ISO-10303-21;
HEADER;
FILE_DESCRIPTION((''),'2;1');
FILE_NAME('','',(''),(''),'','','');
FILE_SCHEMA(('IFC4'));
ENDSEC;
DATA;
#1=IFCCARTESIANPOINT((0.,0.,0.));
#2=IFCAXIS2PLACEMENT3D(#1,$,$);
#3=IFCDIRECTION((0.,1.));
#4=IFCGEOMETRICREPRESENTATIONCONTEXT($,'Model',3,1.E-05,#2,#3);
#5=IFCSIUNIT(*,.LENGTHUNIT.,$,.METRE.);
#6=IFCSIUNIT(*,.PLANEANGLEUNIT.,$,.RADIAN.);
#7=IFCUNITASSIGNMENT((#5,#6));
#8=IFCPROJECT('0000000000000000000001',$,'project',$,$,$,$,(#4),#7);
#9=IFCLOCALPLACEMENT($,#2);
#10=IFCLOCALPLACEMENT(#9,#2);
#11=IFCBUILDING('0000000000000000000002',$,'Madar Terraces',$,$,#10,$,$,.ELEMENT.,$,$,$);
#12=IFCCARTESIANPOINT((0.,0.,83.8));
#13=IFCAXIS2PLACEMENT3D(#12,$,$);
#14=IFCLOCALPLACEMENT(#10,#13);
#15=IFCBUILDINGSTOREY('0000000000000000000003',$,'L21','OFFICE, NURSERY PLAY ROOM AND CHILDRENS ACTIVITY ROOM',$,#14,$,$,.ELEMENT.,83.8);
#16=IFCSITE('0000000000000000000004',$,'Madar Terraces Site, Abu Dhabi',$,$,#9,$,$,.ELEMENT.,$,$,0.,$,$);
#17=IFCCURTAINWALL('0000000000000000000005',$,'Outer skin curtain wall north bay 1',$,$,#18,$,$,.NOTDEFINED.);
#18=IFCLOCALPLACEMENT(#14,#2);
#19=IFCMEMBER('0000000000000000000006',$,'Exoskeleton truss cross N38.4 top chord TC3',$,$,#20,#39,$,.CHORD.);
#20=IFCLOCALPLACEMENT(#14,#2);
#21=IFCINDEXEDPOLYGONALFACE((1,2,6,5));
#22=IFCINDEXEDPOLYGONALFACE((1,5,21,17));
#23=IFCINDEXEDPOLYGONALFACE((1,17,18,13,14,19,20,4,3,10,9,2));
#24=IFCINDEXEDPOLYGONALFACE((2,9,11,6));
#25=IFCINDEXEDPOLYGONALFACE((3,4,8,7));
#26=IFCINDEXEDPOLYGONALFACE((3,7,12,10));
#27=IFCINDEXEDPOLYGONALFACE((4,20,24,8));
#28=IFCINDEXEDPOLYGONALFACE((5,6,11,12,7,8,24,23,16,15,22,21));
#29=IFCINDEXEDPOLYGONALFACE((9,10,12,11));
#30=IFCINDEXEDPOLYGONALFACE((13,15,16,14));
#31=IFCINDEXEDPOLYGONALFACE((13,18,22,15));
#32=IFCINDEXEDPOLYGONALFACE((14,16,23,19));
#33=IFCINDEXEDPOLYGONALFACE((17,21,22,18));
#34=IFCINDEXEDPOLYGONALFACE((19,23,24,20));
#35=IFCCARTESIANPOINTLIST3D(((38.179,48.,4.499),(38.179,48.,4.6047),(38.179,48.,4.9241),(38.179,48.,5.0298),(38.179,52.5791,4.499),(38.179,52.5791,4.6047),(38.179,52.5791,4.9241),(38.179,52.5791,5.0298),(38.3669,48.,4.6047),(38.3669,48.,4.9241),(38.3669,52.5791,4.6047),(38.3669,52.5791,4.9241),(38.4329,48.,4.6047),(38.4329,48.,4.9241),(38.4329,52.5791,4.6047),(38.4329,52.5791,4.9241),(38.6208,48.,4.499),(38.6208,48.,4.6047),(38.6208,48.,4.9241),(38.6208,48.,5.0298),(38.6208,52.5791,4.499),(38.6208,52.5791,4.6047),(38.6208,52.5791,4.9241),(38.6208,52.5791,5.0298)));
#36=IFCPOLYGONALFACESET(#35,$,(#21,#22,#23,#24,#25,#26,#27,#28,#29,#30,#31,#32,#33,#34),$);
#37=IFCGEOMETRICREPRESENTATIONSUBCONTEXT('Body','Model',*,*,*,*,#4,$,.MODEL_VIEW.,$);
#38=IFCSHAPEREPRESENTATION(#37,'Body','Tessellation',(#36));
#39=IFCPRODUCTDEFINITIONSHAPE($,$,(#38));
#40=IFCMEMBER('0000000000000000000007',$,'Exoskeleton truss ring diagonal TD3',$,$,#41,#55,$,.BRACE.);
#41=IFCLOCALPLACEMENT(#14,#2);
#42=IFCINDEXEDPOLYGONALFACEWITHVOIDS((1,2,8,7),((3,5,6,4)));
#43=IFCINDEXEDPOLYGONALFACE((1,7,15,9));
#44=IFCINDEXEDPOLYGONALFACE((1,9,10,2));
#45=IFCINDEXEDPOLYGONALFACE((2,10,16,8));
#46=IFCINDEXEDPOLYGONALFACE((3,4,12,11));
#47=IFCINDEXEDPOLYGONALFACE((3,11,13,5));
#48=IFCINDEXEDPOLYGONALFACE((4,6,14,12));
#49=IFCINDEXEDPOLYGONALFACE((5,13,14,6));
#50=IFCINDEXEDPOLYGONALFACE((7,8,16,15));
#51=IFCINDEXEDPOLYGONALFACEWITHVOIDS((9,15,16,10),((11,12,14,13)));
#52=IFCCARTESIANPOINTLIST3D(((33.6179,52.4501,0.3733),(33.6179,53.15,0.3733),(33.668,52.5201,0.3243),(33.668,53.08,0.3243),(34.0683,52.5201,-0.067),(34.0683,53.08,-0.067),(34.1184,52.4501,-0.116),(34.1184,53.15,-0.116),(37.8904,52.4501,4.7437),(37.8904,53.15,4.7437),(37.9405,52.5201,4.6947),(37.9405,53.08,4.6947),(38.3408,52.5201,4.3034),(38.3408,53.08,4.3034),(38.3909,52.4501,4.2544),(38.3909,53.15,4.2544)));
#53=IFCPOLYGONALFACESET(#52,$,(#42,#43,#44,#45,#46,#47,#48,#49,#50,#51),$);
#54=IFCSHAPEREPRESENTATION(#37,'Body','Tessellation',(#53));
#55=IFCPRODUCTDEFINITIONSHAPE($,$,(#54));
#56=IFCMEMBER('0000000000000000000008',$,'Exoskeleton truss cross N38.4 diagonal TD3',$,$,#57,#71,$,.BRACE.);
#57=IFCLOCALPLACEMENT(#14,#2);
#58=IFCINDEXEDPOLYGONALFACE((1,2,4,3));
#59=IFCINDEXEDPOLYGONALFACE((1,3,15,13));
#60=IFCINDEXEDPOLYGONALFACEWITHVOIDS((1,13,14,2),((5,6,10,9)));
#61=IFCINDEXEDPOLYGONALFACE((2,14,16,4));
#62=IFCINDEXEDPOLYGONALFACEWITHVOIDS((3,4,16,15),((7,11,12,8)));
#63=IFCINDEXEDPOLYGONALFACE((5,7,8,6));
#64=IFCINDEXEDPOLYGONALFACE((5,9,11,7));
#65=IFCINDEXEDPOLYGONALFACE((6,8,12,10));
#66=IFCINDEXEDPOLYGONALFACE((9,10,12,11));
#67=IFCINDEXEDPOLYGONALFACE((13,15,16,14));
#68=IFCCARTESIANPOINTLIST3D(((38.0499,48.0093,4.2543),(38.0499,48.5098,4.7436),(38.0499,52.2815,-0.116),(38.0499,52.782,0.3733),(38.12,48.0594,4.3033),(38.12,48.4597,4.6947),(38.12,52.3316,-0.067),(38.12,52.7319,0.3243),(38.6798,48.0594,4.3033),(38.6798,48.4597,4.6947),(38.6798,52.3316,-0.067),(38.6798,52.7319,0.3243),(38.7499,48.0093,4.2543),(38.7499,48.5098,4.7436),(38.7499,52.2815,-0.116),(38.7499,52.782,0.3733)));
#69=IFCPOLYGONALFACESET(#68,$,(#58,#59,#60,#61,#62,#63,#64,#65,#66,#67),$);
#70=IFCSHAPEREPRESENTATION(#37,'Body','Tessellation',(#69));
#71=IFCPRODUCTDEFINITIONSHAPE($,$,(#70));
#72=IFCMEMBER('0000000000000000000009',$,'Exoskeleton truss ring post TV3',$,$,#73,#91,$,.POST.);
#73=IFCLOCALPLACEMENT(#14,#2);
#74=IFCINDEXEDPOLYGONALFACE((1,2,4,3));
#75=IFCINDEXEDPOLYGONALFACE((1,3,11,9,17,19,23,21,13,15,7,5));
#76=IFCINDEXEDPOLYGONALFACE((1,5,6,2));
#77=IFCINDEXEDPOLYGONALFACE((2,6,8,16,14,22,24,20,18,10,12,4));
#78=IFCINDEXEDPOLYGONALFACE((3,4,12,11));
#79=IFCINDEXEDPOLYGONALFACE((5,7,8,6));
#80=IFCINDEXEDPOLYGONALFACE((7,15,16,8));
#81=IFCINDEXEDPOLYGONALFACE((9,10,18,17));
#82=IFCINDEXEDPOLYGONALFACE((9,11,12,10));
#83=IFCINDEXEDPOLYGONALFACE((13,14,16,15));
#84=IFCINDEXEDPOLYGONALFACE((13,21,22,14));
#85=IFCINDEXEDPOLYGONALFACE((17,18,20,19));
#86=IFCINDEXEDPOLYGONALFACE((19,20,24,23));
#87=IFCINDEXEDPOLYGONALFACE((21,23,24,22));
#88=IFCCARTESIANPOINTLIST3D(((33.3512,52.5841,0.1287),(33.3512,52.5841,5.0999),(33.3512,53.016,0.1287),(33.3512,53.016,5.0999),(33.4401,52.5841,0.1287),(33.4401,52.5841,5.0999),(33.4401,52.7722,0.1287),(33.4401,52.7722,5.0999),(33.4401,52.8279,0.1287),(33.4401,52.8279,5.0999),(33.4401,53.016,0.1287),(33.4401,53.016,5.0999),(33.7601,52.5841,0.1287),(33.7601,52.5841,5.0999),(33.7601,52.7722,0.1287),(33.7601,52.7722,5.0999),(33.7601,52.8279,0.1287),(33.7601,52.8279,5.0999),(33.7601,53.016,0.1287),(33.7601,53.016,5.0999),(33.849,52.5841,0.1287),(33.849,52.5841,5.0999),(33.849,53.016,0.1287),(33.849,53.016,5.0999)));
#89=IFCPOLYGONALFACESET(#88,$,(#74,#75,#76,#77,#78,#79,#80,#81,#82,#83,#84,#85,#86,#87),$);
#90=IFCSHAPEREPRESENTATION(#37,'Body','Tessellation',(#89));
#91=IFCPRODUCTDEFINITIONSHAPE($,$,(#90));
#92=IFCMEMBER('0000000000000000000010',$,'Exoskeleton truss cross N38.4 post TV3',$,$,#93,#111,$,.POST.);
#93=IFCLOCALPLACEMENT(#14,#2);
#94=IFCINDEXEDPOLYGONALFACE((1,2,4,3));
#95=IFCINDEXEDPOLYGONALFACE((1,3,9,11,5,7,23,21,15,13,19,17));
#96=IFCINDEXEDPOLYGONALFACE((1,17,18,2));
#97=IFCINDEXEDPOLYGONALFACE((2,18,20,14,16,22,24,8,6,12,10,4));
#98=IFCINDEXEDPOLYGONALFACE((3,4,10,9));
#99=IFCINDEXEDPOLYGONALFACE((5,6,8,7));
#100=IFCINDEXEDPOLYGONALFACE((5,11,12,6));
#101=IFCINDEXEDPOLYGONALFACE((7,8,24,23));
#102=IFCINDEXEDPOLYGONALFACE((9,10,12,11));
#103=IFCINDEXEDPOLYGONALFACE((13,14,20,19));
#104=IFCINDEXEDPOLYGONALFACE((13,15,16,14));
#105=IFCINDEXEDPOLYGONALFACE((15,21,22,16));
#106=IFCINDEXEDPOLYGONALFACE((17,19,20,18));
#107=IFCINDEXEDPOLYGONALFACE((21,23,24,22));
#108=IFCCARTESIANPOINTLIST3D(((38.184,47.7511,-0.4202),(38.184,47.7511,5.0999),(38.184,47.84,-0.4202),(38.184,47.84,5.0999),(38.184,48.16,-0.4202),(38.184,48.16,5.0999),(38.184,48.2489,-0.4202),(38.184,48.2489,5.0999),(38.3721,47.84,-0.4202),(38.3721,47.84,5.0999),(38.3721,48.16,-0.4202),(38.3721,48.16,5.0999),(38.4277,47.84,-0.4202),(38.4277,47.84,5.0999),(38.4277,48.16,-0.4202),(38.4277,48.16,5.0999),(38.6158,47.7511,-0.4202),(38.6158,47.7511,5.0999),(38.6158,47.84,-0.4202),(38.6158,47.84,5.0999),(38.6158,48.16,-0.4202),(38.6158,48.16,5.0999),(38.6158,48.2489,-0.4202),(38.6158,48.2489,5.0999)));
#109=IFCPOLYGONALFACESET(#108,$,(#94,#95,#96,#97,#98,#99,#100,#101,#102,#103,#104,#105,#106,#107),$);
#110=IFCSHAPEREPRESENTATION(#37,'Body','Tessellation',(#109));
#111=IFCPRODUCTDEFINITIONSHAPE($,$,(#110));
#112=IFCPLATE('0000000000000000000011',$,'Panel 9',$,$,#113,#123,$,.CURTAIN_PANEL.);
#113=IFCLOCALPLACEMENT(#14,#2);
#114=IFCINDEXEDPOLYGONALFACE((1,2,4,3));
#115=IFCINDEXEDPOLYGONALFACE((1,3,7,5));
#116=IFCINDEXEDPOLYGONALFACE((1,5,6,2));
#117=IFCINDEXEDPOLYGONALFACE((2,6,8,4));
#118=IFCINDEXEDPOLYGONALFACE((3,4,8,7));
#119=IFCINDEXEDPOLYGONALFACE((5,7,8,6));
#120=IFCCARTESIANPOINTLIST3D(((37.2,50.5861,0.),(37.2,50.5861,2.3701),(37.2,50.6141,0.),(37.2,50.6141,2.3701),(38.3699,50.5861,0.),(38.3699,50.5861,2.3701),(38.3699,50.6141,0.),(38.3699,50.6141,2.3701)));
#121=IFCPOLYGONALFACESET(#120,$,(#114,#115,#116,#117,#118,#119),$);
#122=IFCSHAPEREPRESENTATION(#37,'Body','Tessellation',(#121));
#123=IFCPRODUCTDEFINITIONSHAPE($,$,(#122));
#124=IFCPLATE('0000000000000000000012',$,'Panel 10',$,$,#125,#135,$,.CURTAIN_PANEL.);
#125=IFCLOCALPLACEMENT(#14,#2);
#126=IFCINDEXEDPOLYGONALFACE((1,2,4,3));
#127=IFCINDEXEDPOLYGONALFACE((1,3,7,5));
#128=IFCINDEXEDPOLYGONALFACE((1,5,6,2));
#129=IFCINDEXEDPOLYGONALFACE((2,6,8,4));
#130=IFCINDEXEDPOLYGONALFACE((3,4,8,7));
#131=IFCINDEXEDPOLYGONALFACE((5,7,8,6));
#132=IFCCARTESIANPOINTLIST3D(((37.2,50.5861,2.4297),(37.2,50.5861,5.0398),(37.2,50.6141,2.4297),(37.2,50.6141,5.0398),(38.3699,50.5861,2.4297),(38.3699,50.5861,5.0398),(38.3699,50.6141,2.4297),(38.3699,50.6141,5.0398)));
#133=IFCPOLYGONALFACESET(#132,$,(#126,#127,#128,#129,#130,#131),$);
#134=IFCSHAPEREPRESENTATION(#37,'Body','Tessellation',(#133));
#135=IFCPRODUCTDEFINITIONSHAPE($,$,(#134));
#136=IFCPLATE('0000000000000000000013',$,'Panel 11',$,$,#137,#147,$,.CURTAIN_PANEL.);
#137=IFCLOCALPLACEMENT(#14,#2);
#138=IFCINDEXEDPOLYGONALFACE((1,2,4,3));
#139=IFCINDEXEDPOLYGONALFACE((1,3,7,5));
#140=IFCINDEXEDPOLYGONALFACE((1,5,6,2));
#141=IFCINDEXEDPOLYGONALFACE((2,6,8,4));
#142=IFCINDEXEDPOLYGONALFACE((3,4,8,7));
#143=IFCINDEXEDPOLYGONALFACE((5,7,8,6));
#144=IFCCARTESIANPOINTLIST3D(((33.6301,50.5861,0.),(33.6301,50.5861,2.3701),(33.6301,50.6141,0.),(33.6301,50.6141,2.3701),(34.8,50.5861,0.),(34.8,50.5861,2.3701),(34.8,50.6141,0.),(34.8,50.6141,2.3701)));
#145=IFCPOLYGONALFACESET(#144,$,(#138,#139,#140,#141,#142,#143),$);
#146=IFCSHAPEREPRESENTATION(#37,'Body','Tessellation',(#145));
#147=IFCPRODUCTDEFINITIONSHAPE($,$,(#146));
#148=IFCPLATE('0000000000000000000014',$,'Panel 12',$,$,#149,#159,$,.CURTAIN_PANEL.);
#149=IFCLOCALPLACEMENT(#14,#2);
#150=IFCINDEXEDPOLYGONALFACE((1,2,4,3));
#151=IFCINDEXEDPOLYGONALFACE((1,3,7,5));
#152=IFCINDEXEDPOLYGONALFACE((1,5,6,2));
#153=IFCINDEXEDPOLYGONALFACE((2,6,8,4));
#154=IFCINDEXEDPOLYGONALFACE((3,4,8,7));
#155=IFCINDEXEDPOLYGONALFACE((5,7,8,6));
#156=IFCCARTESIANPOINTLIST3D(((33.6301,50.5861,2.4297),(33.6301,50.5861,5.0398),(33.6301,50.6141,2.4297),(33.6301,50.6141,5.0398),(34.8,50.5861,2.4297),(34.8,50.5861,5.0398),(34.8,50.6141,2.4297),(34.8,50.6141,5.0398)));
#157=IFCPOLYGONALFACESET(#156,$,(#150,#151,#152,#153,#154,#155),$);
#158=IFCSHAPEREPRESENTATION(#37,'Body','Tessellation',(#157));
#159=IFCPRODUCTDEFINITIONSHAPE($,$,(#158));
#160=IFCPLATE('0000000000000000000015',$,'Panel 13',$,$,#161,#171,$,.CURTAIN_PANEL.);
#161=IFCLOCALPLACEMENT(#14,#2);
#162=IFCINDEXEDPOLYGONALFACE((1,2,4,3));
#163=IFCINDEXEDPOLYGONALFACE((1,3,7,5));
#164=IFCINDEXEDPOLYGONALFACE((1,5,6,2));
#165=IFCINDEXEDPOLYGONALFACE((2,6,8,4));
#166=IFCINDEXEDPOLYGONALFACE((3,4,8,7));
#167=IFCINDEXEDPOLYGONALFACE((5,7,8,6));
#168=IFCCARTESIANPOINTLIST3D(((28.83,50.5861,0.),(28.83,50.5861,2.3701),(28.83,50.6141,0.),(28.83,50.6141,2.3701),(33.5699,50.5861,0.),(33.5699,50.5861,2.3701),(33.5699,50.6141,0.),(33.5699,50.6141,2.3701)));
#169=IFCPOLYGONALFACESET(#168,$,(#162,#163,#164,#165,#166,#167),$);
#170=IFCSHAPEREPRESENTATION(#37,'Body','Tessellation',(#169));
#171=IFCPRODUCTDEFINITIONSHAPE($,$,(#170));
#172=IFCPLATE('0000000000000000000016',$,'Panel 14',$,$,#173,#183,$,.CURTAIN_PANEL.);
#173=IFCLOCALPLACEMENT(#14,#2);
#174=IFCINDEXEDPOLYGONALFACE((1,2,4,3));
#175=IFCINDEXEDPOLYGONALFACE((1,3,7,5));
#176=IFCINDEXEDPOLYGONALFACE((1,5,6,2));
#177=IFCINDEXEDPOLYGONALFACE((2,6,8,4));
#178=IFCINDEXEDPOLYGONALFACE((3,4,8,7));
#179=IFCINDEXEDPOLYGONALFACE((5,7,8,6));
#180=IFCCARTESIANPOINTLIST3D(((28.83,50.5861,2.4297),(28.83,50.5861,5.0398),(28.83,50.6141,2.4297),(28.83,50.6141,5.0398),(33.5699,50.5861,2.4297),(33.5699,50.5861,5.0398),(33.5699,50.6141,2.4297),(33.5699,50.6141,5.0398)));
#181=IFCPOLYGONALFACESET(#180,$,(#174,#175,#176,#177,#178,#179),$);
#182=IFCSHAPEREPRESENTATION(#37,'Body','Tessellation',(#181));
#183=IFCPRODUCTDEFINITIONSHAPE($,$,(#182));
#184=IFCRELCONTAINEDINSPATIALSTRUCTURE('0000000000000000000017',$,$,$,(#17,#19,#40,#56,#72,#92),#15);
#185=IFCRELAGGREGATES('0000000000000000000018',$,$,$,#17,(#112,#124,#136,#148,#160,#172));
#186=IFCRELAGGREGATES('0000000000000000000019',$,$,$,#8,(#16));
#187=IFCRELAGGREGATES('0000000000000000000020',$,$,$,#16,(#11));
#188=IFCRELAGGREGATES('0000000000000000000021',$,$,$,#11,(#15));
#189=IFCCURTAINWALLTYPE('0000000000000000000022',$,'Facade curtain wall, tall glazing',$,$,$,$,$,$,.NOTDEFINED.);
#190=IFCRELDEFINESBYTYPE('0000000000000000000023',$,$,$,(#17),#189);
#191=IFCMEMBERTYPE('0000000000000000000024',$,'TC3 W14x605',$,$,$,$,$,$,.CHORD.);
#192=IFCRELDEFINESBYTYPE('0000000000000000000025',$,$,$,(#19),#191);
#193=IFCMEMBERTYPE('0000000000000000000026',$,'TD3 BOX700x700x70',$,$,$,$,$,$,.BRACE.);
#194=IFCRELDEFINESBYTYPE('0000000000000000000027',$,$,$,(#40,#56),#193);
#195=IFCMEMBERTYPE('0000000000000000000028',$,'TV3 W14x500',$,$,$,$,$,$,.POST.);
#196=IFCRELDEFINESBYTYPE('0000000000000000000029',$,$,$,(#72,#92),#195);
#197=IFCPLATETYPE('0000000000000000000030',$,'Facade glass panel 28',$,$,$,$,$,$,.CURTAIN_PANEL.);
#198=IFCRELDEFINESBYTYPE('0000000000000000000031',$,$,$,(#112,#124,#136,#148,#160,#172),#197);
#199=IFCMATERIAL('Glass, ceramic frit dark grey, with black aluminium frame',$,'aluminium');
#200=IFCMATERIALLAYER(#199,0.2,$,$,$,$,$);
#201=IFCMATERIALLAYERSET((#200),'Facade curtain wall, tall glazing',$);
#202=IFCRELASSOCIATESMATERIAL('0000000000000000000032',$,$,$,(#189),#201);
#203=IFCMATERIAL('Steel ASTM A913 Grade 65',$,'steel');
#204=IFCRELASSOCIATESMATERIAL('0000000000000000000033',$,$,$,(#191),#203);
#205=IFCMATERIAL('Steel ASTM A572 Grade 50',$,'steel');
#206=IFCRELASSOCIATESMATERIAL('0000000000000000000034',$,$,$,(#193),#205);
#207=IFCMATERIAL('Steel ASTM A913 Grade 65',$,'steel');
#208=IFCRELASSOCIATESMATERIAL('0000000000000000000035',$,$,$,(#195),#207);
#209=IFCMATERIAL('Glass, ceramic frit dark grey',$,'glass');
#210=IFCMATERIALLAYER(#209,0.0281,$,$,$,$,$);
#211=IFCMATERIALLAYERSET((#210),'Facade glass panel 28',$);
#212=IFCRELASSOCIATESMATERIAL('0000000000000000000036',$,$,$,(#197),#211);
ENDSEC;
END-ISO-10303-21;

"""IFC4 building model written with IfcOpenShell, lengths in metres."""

from ifc_helpers import new_model, si_unit, direction, frame, origin, origin_2d, place, context, subcontext, project, spatial, rectangle, hollow_rectangle, i_section, extrude, material, layer, layer_set, material_profile, profile_set, type_object, element, aggregate, save


model = new_model("IFC4")

# Units and contexts
model_context = context("Model", 3, precision=1e-05, world=origin(), true_north=direction((0.0, 1.0)))
body_context = subcontext(model_context, "Body", "Model", "MODEL_VIEW")
ifc_project = project(units=[si_unit("LENGTHUNIT", "METRE"), si_unit("PLANEANGLEUNIT", "RADIAN")], contexts=[model_context])

# Site, building, storey
site_placement = place(None, origin())
site = spatial("IfcSite", under=ifc_project, at=site_placement, Name="Madar Terraces Site, Abu Dhabi", CompositionType="ELEMENT", RefElevation=0.0)
building_placement = place(site_placement, origin())
building = spatial("IfcBuilding", under=site, at=building_placement, Name="Madar Terraces", CompositionType="ELEMENT")
storey_placement = place(building_placement, frame((0.0, 0.0, 83.8)))
storey = spatial("IfcBuildingStorey", under=building, at=storey_placement, Name="L21", Description="OFFICE, NURSERY PLAY ROOM AND CHILDRENS ACTIVITY ROOM", CompositionType="ELEMENT", Elevation=83.8)

# Curtain wall
ifc_material_1 = material(Name="Glass, ceramic frit dark grey, with black aluminium frame", Category="aluminium")
ifc_layer_1 = layer(ifc_material_1, 0.2)
ifc_layer_set_1 = layer_set([ifc_layer_1], Name="Facade curtain wall, tall glazing")
curtain_wall_type = type_object("IfcCurtainWallType", Name="Facade curtain wall, tall glazing", PredefinedType="NOTDEFINED", material=ifc_layer_set_1)
curtain_wall_placement = place(storey_placement, origin())
curtain_wall = element("IfcCurtainWall", 1, at=curtain_wall_placement, inside=storey, type_object=curtain_wall_type, Name="Outer skin curtain wall north bay 1", PredefinedType="NOTDEFINED")

# Members
ifc_material_2 = material(Name="Steel ASTM A913 Grade 65", Category="steel")
ifc_material_profile_1 = material_profile(ifc_material_2, i_section(OverallWidth=0.4419, OverallDepth=0.5308, WebThickness=0.0659, FlangeThickness=0.1057, at=origin_2d()), Name="W14x605")
ifc_profile_set_1 = profile_set([ifc_material_profile_1], Name="Steel ASTM A913 Grade 65")
member_type_1 = type_object("IfcMemberType", Name="TC3 W14x605", PredefinedType="CHORD", material=ifc_profile_set_1)
member_1_placement = place(storey_placement, frame((38.3999, 52.5791, 4.7644), z_axis=(0.0, -1.0, 0.0), x_axis=(1.0, 0.0, 0.0)))
element("IfcMember", 2, at=member_1_placement, inside=storey, type_object=member_type_1, Name="Exoskeleton truss cross N38.4 top chord TC3", PredefinedType="CHORD", context=body_context, shape_type="SweptSolid", body=[
    extrude(i_section(OverallWidth=0.4419, OverallDepth=0.5308, WebThickness=0.0659, FlangeThickness=0.1057, at=origin_2d()), origin(), (0.0, 0.0, 1.0), 4.5791),
])
ifc_material_3 = material(Name="Steel ASTM A572 Grade 50", Category="steel")
ifc_material_profile_2 = material_profile(ifc_material_3, hollow_rectangle(XDim=0.7, YDim=0.7, WallThickness=0.0701, at=origin_2d()), Name="BOX700x700x70")
ifc_profile_set_2 = profile_set([ifc_material_profile_2], Name="Steel ASTM A572 Grade 50")
member_type_2 = type_object("IfcMemberType", Name="TD3 BOX700x700x70", PredefinedType="BRACE", material=ifc_profile_set_2)
member_2_placement = place(storey_placement, frame((38.1406, 52.8, 4.499), z_axis=(-0.699052, 0.0, -0.715071), x_axis=(0.0, -1.0, 0.0)))
element("IfcMember", 3, at=member_2_placement, inside=storey, type_object=member_type_2, Name="Exoskeleton truss ring diagonal TD3", PredefinedType="BRACE", context=body_context, shape_type="SweptSolid", body=[
    extrude(hollow_rectangle(XDim=0.7, YDim=0.7, WallThickness=0.0701, at=origin_2d()), origin(), (0.0, 0.0, 1.0), 6.1118),
])
member_3_placement = place(storey_placement, frame((38.3999, 52.5317, 0.1287), z_axis=(0.0, -0.699032, 0.715091), x_axis=(1.0, 0.0, 0.0)))
element("IfcMember", 4, at=member_3_placement, inside=storey, type_object=member_type_2, Name="Exoskeleton truss cross N38.4 diagonal TD3", PredefinedType="BRACE", context=body_context, shape_type="SweptSolid", body=[
    extrude(hollow_rectangle(XDim=0.7, YDim=0.7, WallThickness=0.0701, at=origin_2d()), origin(), (0.0, 0.0, 1.0), 6.1116),
])
ifc_material_4 = material(Name="Steel ASTM A913 Grade 65", Category="steel")
ifc_material_profile_3 = material_profile(ifc_material_4, i_section(OverallWidth=0.4319, OverallDepth=0.4978, WebThickness=0.0557, FlangeThickness=0.0889, at=origin_2d()), Name="W14x500")
ifc_profile_set_3 = profile_set([ifc_material_profile_3], Name="Steel ASTM A913 Grade 65")
member_type_3 = type_object("IfcMemberType", Name="TV3 W14x500", PredefinedType="POST", material=ifc_profile_set_3)
member_4_placement = place(storey_placement, frame((33.6001, 52.8, 0.1287), z_axis=(0.0, 0.0, 1.0), x_axis=(0.0, -1.0, 0.0)))
element("IfcMember", 5, at=member_4_placement, inside=storey, type_object=member_type_3, Name="Exoskeleton truss ring post TV3", PredefinedType="POST", context=body_context, shape_type="SweptSolid", body=[
    extrude(i_section(OverallWidth=0.4319, OverallDepth=0.4978, WebThickness=0.0557, FlangeThickness=0.0889, at=origin_2d()), origin(), (0.0, 0.0, 1.0), 4.9712),
])
member_5_placement = place(storey_placement, frame((38.3999, 48.0, -0.4202), z_axis=(0.0, 0.0, 1.0), x_axis=(-1.0, 0.0, 0.0)))
element("IfcMember", 6, at=member_5_placement, inside=storey, type_object=member_type_3, Name="Exoskeleton truss cross N38.4 post TV3", PredefinedType="POST", context=body_context, shape_type="SweptSolid", body=[
    extrude(i_section(OverallWidth=0.4319, OverallDepth=0.4978, WebThickness=0.0557, FlangeThickness=0.0889, at=origin_2d()), origin(), (0.0, 0.0, 1.0), 5.52),
])

# Plates
ifc_material_5 = material(Name="Glass, ceramic frit dark grey", Category="glass")
ifc_layer_2 = layer(ifc_material_5, 0.0281)
ifc_layer_set_2 = layer_set([ifc_layer_2], Name="Facade glass panel 28")
plate_type = type_object("IfcPlateType", Name="Facade glass panel 28", PredefinedType="CURTAIN_PANEL", material=ifc_layer_set_2)
plate_1_placement = place(storey_placement, frame((37.7849, 50.6001, 0.0), z_axis=(0.0, 0.0, 1.0), x_axis=(-1.0, 0.0, 0.0)))
plate_1 = element("IfcPlate", 7, at=plate_1_placement, type_object=plate_type, Name="Panel 9", PredefinedType="CURTAIN_PANEL", context=body_context, shape_type="SweptSolid", body=[
    extrude(rectangle(XDim=1.1699, YDim=0.0281, at=origin_2d()), origin(), (0.0, 0.0, 1.0), 2.3701),
])
plate_2_placement = place(storey_placement, frame((37.7849, 50.6001, 2.4297), z_axis=(0.0, 0.0, 1.0), x_axis=(-1.0, 0.0, 0.0)))
plate_2 = element("IfcPlate", 8, at=plate_2_placement, type_object=plate_type, Name="Panel 10", PredefinedType="CURTAIN_PANEL", context=body_context, shape_type="SweptSolid", body=[
    extrude(rectangle(XDim=1.1699, YDim=0.0281, at=origin_2d()), origin(), (0.0, 0.0, 1.0), 2.6101),
])
plate_3_placement = place(storey_placement, frame((34.2151, 50.6001, 0.0), z_axis=(0.0, 0.0, 1.0), x_axis=(-1.0, 0.0, 0.0)))
plate_3 = element("IfcPlate", 9, at=plate_3_placement, type_object=plate_type, Name="Panel 11", PredefinedType="CURTAIN_PANEL", context=body_context, shape_type="SweptSolid", body=[
    extrude(rectangle(XDim=1.1699, YDim=0.0281, at=origin_2d()), origin(), (0.0, 0.0, 1.0), 2.3701),
])
plate_4_placement = place(storey_placement, frame((34.2151, 50.6001, 2.4297), z_axis=(0.0, 0.0, 1.0), x_axis=(-1.0, 0.0, 0.0)))
plate_4 = element("IfcPlate", 10, at=plate_4_placement, type_object=plate_type, Name="Panel 12", PredefinedType="CURTAIN_PANEL", context=body_context, shape_type="SweptSolid", body=[
    extrude(rectangle(XDim=1.1699, YDim=0.0281, at=origin_2d()), origin(), (0.0, 0.0, 1.0), 2.6101),
])
plate_5_placement = place(storey_placement, frame((31.2, 50.6001, 0.0), z_axis=(0.0, 0.0, 1.0), x_axis=(-1.0, 0.0, 0.0)))
plate_5 = element("IfcPlate", 11, at=plate_5_placement, type_object=plate_type, Name="Panel 13", PredefinedType="CURTAIN_PANEL", context=body_context, shape_type="SweptSolid", body=[
    extrude(rectangle(XDim=4.74, YDim=0.0281, at=origin_2d()), origin(), (0.0, 0.0, 1.0), 2.3701),
])
plate_6_placement = place(storey_placement, frame((31.2, 50.6001, 2.4297), z_axis=(0.0, 0.0, 1.0), x_axis=(-1.0, 0.0, 0.0)))
plate_6 = element("IfcPlate", 12, at=plate_6_placement, type_object=plate_type, Name="Panel 14", PredefinedType="CURTAIN_PANEL", context=body_context, shape_type="SweptSolid", body=[
    extrude(rectangle(XDim=4.74, YDim=0.0281, at=origin_2d()), origin(), (0.0, 0.0, 1.0), 2.6101),
])
aggregate(curtain_wall, [plate_1, plate_2, plate_3, plate_4, plate_5, plate_6])

save(model, "model.ifc")
